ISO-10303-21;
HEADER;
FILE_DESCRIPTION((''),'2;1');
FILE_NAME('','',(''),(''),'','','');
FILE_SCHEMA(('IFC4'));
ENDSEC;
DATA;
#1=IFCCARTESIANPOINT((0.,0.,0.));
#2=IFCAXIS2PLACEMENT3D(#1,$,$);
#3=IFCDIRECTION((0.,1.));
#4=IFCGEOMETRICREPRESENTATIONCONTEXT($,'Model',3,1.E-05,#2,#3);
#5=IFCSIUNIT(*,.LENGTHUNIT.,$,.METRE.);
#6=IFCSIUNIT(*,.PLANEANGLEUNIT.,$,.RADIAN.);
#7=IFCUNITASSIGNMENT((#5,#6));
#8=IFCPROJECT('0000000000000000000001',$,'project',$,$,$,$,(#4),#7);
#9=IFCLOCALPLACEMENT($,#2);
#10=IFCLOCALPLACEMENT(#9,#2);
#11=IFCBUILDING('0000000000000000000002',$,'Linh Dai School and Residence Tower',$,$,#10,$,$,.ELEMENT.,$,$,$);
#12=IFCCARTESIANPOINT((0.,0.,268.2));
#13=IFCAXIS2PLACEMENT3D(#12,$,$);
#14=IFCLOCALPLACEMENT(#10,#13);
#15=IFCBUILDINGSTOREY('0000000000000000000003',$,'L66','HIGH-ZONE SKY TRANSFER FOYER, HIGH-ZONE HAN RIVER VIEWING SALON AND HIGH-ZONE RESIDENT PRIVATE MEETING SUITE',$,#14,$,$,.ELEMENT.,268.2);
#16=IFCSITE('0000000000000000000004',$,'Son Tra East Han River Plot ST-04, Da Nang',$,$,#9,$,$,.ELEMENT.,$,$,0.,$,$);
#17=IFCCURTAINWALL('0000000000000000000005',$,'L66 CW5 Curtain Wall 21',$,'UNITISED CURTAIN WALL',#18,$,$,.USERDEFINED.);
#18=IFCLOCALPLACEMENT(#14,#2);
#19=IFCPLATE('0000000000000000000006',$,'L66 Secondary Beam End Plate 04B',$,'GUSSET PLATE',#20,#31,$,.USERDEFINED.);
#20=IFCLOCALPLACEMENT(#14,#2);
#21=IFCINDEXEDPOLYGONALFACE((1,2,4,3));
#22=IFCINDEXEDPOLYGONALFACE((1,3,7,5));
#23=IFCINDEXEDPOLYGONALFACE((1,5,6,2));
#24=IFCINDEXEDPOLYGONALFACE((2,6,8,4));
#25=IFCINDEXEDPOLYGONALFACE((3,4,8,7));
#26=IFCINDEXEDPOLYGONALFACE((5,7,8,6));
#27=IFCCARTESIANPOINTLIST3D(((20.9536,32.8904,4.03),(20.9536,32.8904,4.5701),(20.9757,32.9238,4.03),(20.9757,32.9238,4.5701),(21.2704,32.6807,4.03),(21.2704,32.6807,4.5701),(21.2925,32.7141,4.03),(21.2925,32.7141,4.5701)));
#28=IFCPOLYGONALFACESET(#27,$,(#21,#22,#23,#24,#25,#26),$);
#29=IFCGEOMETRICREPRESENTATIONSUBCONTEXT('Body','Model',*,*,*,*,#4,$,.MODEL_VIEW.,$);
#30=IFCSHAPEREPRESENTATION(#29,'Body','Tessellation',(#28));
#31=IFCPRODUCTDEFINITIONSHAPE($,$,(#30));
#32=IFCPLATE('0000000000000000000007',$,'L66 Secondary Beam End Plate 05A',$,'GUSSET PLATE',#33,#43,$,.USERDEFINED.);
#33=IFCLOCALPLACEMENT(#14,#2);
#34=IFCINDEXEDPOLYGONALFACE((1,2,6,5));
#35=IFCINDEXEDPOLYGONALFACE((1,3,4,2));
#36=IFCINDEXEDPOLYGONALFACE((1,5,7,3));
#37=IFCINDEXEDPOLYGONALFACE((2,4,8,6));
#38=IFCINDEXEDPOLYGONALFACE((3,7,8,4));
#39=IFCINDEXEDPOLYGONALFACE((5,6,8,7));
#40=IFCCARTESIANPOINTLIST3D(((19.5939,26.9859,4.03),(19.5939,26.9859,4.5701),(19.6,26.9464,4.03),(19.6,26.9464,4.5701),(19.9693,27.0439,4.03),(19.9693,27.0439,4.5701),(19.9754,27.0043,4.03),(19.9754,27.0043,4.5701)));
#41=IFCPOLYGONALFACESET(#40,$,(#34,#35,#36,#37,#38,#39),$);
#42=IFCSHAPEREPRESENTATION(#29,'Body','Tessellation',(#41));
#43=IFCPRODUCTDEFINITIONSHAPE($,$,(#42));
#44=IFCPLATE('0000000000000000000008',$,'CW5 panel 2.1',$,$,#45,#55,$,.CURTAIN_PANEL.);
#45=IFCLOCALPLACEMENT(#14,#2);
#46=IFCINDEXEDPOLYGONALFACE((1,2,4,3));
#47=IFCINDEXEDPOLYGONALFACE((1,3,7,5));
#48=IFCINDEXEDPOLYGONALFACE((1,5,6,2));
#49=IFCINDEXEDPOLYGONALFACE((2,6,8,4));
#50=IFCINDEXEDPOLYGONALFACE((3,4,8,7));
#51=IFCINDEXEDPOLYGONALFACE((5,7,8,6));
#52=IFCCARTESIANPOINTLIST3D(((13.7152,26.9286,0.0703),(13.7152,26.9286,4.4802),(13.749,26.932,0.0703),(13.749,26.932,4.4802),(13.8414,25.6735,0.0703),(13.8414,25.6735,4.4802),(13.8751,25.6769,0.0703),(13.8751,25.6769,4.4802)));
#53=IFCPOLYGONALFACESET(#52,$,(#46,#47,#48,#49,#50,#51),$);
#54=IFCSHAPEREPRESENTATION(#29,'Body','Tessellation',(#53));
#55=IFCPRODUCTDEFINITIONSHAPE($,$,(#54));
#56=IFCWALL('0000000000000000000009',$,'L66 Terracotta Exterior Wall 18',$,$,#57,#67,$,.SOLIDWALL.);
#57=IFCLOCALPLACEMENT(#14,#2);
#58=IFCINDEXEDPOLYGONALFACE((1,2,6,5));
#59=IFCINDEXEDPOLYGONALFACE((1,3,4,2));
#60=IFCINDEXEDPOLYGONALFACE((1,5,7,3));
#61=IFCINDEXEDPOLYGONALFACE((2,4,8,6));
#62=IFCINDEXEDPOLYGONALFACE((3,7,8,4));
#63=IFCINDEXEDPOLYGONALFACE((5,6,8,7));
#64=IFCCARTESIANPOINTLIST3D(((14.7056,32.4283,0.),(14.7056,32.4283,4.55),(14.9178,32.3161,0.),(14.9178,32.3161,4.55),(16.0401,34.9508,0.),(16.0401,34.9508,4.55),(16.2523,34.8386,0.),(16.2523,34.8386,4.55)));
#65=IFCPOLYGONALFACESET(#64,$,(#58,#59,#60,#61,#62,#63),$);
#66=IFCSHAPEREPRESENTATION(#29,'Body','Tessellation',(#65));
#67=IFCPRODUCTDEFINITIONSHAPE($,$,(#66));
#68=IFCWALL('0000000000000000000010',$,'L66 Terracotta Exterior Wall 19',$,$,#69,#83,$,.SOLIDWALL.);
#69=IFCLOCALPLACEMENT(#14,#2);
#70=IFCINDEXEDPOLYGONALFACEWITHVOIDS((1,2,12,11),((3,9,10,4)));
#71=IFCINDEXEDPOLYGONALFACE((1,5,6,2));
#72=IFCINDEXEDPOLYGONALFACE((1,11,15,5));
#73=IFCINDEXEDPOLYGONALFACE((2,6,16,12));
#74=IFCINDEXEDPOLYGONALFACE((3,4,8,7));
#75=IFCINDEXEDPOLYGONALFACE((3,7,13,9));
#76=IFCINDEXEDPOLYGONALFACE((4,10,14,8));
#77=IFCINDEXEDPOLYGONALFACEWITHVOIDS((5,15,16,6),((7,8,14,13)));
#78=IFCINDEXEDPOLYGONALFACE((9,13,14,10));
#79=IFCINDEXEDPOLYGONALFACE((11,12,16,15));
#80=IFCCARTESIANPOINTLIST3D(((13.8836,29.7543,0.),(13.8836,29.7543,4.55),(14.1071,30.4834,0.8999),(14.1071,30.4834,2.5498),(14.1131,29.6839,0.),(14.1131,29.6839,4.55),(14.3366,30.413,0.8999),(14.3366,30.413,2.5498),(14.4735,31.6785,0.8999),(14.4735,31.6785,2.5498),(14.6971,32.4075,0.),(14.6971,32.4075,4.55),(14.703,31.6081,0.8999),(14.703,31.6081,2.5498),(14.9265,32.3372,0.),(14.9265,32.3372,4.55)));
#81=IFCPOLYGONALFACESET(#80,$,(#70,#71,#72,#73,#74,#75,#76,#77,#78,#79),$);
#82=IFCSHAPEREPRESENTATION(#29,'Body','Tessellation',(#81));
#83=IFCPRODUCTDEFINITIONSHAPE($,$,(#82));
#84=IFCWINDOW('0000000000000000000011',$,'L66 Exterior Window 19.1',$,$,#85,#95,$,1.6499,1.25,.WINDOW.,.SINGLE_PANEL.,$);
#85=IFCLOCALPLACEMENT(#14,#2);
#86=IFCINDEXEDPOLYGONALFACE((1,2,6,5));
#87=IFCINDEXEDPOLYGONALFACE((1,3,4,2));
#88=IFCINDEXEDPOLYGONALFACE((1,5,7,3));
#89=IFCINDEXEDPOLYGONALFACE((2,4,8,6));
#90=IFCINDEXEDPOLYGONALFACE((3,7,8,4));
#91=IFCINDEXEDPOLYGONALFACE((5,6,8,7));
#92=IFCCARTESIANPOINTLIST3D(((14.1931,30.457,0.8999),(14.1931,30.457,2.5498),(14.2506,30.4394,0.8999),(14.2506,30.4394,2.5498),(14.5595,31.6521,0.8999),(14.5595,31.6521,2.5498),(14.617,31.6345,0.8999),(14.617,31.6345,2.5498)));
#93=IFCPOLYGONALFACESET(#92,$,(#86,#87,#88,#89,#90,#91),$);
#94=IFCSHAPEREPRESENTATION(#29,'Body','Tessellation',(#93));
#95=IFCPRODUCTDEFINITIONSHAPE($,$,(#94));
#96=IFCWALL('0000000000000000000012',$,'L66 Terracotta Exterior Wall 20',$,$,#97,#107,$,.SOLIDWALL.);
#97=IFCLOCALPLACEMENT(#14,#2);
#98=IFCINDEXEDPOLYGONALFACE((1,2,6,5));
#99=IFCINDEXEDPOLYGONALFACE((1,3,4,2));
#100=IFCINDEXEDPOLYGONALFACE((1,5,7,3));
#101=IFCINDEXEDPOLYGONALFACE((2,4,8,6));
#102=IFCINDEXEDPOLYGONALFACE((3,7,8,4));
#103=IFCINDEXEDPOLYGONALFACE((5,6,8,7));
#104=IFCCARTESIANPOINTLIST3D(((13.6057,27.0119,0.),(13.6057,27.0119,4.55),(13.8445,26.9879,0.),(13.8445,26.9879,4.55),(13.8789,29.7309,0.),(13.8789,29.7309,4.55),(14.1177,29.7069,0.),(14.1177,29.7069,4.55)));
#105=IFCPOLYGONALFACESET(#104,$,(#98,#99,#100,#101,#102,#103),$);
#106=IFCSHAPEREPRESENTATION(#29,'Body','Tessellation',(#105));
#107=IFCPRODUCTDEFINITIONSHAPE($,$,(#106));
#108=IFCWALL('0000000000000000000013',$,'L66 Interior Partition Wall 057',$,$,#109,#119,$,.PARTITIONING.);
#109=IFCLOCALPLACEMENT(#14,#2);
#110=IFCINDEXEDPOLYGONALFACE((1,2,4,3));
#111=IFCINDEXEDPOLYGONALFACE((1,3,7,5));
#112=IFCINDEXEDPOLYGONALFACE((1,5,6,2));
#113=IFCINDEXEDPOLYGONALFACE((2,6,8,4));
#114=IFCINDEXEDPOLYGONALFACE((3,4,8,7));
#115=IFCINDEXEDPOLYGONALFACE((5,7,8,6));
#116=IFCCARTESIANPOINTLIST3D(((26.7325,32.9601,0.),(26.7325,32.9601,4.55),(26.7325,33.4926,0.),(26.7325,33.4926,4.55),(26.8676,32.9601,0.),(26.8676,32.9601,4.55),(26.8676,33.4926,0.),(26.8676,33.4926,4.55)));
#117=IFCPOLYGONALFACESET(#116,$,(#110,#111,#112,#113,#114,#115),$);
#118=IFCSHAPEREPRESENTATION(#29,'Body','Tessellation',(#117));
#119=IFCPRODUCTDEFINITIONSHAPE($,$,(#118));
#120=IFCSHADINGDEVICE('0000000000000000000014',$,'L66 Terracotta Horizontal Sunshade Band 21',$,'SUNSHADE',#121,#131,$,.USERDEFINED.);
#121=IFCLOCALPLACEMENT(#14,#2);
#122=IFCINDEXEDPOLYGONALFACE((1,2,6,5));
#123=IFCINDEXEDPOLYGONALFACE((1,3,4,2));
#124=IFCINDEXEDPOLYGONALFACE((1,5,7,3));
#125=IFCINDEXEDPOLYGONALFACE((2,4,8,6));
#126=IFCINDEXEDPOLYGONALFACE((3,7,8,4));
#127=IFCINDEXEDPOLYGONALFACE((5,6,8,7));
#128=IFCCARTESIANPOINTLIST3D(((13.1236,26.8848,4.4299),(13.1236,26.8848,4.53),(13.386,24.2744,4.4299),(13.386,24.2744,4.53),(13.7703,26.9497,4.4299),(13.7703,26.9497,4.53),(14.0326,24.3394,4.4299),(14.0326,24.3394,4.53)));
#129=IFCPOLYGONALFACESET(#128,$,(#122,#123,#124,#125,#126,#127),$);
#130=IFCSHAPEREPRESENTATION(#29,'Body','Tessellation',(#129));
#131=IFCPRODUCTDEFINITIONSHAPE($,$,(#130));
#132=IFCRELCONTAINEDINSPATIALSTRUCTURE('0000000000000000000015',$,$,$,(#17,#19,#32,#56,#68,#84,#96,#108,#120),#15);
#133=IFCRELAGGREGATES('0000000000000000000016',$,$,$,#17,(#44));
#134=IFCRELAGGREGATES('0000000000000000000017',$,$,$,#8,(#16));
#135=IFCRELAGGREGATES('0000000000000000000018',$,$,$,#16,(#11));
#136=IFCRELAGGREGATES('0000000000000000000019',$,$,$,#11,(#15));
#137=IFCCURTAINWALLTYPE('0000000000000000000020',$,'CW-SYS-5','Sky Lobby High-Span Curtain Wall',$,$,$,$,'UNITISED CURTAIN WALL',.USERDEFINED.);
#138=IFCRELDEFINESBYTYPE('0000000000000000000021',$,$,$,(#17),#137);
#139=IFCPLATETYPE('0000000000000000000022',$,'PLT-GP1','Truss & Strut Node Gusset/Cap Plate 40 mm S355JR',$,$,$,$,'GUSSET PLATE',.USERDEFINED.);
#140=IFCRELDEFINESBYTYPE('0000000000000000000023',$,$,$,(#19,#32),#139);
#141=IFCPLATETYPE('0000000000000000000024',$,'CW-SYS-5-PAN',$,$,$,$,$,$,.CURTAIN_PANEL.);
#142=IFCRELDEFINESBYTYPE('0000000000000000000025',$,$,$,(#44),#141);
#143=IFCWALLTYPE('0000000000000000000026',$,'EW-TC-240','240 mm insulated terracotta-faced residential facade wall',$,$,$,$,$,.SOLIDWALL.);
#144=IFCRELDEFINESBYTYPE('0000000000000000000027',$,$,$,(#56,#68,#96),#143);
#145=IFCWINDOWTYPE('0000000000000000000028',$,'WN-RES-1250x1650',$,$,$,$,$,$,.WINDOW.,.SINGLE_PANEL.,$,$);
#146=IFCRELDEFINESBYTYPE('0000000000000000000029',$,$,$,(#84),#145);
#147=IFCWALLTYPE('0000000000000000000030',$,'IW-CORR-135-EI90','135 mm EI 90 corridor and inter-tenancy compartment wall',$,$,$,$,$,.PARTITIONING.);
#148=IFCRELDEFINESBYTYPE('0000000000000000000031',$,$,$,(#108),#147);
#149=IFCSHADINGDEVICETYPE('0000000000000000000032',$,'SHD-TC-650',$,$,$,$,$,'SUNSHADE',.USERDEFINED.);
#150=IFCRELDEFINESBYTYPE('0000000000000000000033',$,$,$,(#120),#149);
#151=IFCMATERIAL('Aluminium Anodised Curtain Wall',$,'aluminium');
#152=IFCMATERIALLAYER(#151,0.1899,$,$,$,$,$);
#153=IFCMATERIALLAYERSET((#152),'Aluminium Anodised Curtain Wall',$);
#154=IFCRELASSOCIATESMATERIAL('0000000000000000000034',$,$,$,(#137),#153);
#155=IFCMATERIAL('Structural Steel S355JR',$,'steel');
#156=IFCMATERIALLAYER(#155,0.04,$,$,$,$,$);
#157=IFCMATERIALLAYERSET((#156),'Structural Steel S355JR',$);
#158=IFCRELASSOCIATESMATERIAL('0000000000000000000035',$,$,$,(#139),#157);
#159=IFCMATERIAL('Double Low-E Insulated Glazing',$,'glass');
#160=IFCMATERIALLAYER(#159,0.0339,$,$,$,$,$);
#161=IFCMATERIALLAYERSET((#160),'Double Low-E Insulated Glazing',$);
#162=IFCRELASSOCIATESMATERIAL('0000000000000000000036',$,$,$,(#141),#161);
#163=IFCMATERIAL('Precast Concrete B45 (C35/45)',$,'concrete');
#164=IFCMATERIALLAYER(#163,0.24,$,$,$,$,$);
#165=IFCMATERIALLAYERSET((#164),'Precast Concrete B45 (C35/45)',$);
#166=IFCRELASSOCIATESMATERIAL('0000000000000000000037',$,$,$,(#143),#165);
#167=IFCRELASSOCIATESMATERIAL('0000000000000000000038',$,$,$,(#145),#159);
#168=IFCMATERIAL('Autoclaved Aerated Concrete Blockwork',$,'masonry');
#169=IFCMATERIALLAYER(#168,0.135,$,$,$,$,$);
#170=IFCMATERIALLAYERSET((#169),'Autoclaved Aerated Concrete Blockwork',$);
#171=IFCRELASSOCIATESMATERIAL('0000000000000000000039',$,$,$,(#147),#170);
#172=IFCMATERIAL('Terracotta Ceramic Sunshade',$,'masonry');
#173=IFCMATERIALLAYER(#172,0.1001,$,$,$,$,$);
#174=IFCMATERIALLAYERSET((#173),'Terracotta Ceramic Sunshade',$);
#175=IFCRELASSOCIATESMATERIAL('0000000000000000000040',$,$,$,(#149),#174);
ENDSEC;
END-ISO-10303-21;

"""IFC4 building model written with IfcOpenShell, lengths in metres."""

from ifc_helpers import new_model, si_unit, direction, frame, frame_2d, origin, origin_2d, place, context, subcontext, project, spatial, rectangle, extrude, source, transform, mapped, material, layer, layer_set, type_object, element, fill, aggregate, save


model = new_model("IFC4")

# Units and contexts
model_context = context("Model", 3, precision=1e-05, world=origin(), true_north=direction((0.0, 1.0)))
body_context = subcontext(model_context, "Body", "Model", "MODEL_VIEW")
ifc_project = project(units=[si_unit("LENGTHUNIT", "METRE"), si_unit("PLANEANGLEUNIT", "RADIAN")], contexts=[model_context])

# Site, building, storey
site_placement = place(None, origin())
site = spatial("IfcSite", under=ifc_project, at=site_placement, Name="Son Tra East Han River Plot ST-04, Da Nang", CompositionType="ELEMENT", RefElevation=0.0)
building_placement = place(site_placement, origin())
building = spatial("IfcBuilding", under=site, at=building_placement, Name="Linh Dai School and Residence Tower", CompositionType="ELEMENT")
storey_placement = place(building_placement, frame((0.0, 0.0, 268.2)))
storey = spatial("IfcBuildingStorey", under=building, at=storey_placement, Name="L66", Description="HIGH-ZONE SKY TRANSFER FOYER, HIGH-ZONE HAN RIVER VIEWING SALON AND HIGH-ZONE RESIDENT PRIVATE MEETING SUITE", CompositionType="ELEMENT", Elevation=268.2)

# Shared definitions
ifc_material_1 = material(Name="Structural Steel S355JR", Category="steel")

# Shared definitions
ifc_material_2 = material(Name="Aluminium Anodised Curtain Wall", Category="aluminium")
ifc_layer_1 = layer(ifc_material_2, 0.1899)
ifc_layer_set_1 = layer_set([ifc_layer_1], Name="Aluminium Anodised Curtain Wall")
curtain_wall_type = type_object("IfcCurtainWallType", Name="CW-SYS-5", Description="Sky Lobby High-Span Curtain Wall", ElementType="UNITISED CURTAIN WALL", PredefinedType="USERDEFINED", material=ifc_layer_set_1)

# Curtain wall
curtain_wall_1_placement = place(storey_placement, origin())
curtain_wall_1 = element("IfcCurtainWall", 1, at=curtain_wall_1_placement, inside=storey, type_object=curtain_wall_type, Name="L66 CW5 Curtain Wall 21", ObjectType="UNITISED CURTAIN WALL", PredefinedType="USERDEFINED")

# Plates
ifc_layer_2 = layer(ifc_material_1, 0.04)
ifc_layer_set_2 = layer_set([ifc_layer_2], Name="Structural Steel S355JR")
plate_type_1 = type_object("IfcPlateType", Name="PLT-GP1", Description="Truss & Strut Node Gusset/Cap Plate 40 mm S355JR", ElementType="GUSSET PLATE", PredefinedType="USERDEFINED", material=ifc_layer_set_2)
shared_shape_1 = source(origin(), body_context, "Body", "SweptSolid", [
    extrude(rectangle(XDim=0.04, YDim=0.3799, at=origin_2d()), origin(), (0.0, 0.0, 1.0), 0.54),
])
for number, where, z_axis, x_axis, name in (
    (2, (21.123, 32.8022, 4.03), (0.0, 0.0, 1.0), (-0.552122, -0.833763, 0.0), "L66 Secondary Beam End Plate 04B"),
    (3, (19.7847, 26.9951, 4.03), (0.0, 0.0, 1.0), (0.152474, -0.988308, 0.0), "L66 Secondary Beam End Plate 05A"),
):
    element("IfcPlate", number, at=place(storey_placement, frame(where, z_axis=z_axis, x_axis=x_axis)), inside=storey, type_object=plate_type_1, Name=name, ObjectType="GUSSET PLATE", PredefinedType="USERDEFINED", context=body_context, shape_type="MappedRepresentation", body=[
        mapped(shared_shape_1, transform((0.0, 0.0, 0.0), x_axis=(1.0, 0.0, 0.0), y_axis=(0.0, 1.0, 0.0), z_axis=(0.0, 0.0, 1.0), scale=1.0)),
    ])

# Plate
ifc_material_3 = material(Name="Double Low-E Insulated Glazing", Category="glass")
ifc_layer_3 = layer(ifc_material_3, 0.0339)
ifc_layer_set_3 = layer_set([ifc_layer_3], Name="Double Low-E Insulated Glazing")
plate_type_2 = type_object("IfcPlateType", Name="CW-SYS-5-PAN", PredefinedType="CURTAIN_PANEL", material=ifc_layer_set_3)
shared_shape_2 = source(origin(), body_context, "Body", "SweptSolid", [
    extrude(rectangle(XDim=1.2615, YDim=0.0339, at=origin_2d()), origin(), (0.0, 0.0, 1.0), 4.4099),
])
plate_placement = place(storey_placement, frame((13.7952, 26.3027, 0.0703), z_axis=(0.0, 0.0, 1.0), x_axis=(-0.100008, 0.994987, 0.0)))
plate = element("IfcPlate", 4, at=plate_placement, type_object=plate_type_2, Name="CW5 panel 2.1", PredefinedType="CURTAIN_PANEL", context=body_context, shape_type="MappedRepresentation", body=[
    mapped(shared_shape_2, transform((0.0, 0.0, 0.0), x_axis=(1.0, 0.0, 0.0), y_axis=(0.0, 1.0, 0.0), z_axis=(0.0, 0.0, 1.0), scale=1.0)),
])
aggregate(curtain_wall_1, [plate])

# Wall
ifc_material_4 = material(Name="Precast Concrete B45 (C35/45)", Category="concrete")
ifc_layer_4 = layer(ifc_material_4, 0.24)
ifc_layer_set_4 = layer_set([ifc_layer_4], Name="Precast Concrete B45 (C35/45)")
wall_type_1 = type_object("IfcWallType", Name="EW-TC-240", Description="240 mm insulated terracotta-faced residential facade wall", PredefinedType="SOLIDWALL", material=ifc_layer_set_4)
wall_1_placement = place(storey_placement, frame((14.8118, 32.3723, 0.0), z_axis=(0.0, 0.0, 1.0), x_axis=(0.467628, 0.883925, 0.0)))
element("IfcWall", 5, at=wall_1_placement, inside=storey, type_object=wall_type_1, Name="L66 Terracotta Exterior Wall 18", PredefinedType="SOLIDWALL", context=body_context, shape_type="SweptSolid", body=[
    extrude(rectangle(XDim=2.8538, YDim=0.24, at=frame_2d((1.4268, 0.0))), origin(), (0.0, 0.0, 1.0), 4.55),
])

# Wall, opening, window
wall_2_placement = place(storey_placement, frame((13.9983, 29.719, 0.0), z_axis=(0.0, 0.0, 1.0), x_axis=(0.293121, 0.956075, 0.0)))
wall_2 = element("IfcWall", 6, at=wall_2_placement, inside=storey, type_object=wall_type_1, Name="L66 Terracotta Exterior Wall 19", PredefinedType="SOLIDWALL", context=body_context, shape_type="SweptSolid", body=[
    extrude(rectangle(XDim=2.7751, YDim=0.24, at=frame_2d((1.3877, 0.0))), origin(), (0.0, 0.0, 1.0), 4.55),
])
opening_placement = place(wall_2_placement, frame((0.7627, 0.0, 0.8999)))
opening = element("IfcOpeningElement", 7, at=opening_placement, cuts=wall_2, PredefinedType="OPENING", context=body_context, shape_type="SweptSolid", body=[
    extrude(rectangle(XDim=1.25, YDim=1.6499, at=origin_2d()), frame((0.625, 0.1299, 0.825), z_axis=(0.0, -1.0, 0.0), x_axis=(1.0, 0.0, 0.0)), (0.0, 0.0, 1.0), 0.26),
])
window_type = type_object("IfcWindowType", Name="WN-RES-1250x1650", PartitioningType="SINGLE_PANEL", PredefinedType="WINDOW", material=ifc_material_3)
shared_shape_3 = source(origin(), body_context, "Body", "SweptSolid", [
    extrude(rectangle(XDim=1.25, YDim=1.6499, at=origin_2d()), frame((0.625, 0.03, 0.825), z_axis=(0.0, -1.0, 0.0), x_axis=(1.0, 0.0, 0.0)), (0.0, 0.0, 1.0), 0.0601),
])
window_placement = place(opening_placement, origin())
window = element("IfcWindow", 8, at=window_placement, inside=storey, type_object=window_type, Name="L66 Exterior Window 19.1", OverallHeight=1.6499, OverallWidth=1.25, PartitioningType="SINGLE_PANEL", PredefinedType="WINDOW", context=body_context, shape_type="MappedRepresentation", body=[
    mapped(shared_shape_3, transform((0.0, 0.0, 0.0), x_axis=(1.0, 0.0, 0.0), y_axis=(0.0, 1.0, 0.0), z_axis=(0.0, 0.0, 1.0), scale=1.0)),
])
fill(opening, window)

# Walls
wall_3_placement = place(storey_placement, frame((13.7251, 27.0, 0.0), z_axis=(0.0, 0.0, 1.0), x_axis=(0.099973, 0.99499, 0.0)))
element("IfcWall", 9, at=wall_3_placement, inside=storey, type_object=wall_type_1, Name="L66 Terracotta Exterior Wall 20", PredefinedType="SOLIDWALL", context=body_context, shape_type="SweptSolid", body=[
    extrude(rectangle(XDim=2.7327, YDim=0.24, at=frame_2d((1.3662, 0.0))), origin(), (0.0, 0.0, 1.0), 4.55),
])
ifc_material_5 = material(Name="Autoclaved Aerated Concrete Blockwork", Category="masonry")
ifc_layer_5 = layer(ifc_material_5, 0.135)
ifc_layer_set_5 = layer_set([ifc_layer_5], Name="Autoclaved Aerated Concrete Blockwork")
wall_type_2 = type_object("IfcWallType", Name="IW-CORR-135-EI90", Description="135 mm EI 90 corridor and inter-tenancy compartment wall", PredefinedType="PARTITIONING", material=ifc_layer_set_5)
wall_4_placement = place(storey_placement, frame((26.8, 33.4924, 0.0), z_axis=(0.0, 0.0, 1.0), x_axis=(0.0, -1.0, 0.0)))
element("IfcWall", 10, at=wall_4_placement, inside=storey, type_object=wall_type_2, Name="L66 Interior Partition Wall 057", PredefinedType="PARTITIONING", context=body_context, shape_type="SweptSolid", body=[
    extrude(rectangle(XDim=0.5325, YDim=0.135, at=frame_2d((0.2661, 0.0))), origin(), (0.0, 0.0, 1.0), 4.55),
])

# Shading device
ifc_material_6 = material(Name="Terracotta Ceramic Sunshade", Category="masonry")
ifc_layer_6 = layer(ifc_material_6, 0.1001)
ifc_layer_set_6 = layer_set([ifc_layer_6], Name="Terracotta Ceramic Sunshade")
shading_device_type = type_object("IfcShadingDeviceType", Name="SHD-TC-650", ElementType="SUNSHADE", PredefinedType="USERDEFINED", material=ifc_layer_set_6)
shared_shape_4 = source(origin(), body_context, "Body", "SweptSolid", [
    extrude(rectangle(XDim=2.6235, YDim=0.6499, at=origin_2d()), origin(), (0.0, 0.0, 1.0), 0.1001),
])
shading_device_placement = place(storey_placement, frame((13.5781, 25.6121, 4.4299), z_axis=(0.0, 0.0, 1.0), x_axis=(-0.100008, 0.994987, 0.0)))
element("IfcShadingDevice", 11, at=shading_device_placement, inside=storey, type_object=shading_device_type, Name="L66 Terracotta Horizontal Sunshade Band 21", ObjectType="SUNSHADE", PredefinedType="USERDEFINED", context=body_context, shape_type="MappedRepresentation", body=[
    mapped(shared_shape_4, transform((0.0, 0.0, 0.0), x_axis=(1.0, 0.0, 0.0), y_axis=(0.0, 1.0, 0.0), z_axis=(0.0, 0.0, 1.0), scale=1.0)),
])

save(model, "model.ifc")
